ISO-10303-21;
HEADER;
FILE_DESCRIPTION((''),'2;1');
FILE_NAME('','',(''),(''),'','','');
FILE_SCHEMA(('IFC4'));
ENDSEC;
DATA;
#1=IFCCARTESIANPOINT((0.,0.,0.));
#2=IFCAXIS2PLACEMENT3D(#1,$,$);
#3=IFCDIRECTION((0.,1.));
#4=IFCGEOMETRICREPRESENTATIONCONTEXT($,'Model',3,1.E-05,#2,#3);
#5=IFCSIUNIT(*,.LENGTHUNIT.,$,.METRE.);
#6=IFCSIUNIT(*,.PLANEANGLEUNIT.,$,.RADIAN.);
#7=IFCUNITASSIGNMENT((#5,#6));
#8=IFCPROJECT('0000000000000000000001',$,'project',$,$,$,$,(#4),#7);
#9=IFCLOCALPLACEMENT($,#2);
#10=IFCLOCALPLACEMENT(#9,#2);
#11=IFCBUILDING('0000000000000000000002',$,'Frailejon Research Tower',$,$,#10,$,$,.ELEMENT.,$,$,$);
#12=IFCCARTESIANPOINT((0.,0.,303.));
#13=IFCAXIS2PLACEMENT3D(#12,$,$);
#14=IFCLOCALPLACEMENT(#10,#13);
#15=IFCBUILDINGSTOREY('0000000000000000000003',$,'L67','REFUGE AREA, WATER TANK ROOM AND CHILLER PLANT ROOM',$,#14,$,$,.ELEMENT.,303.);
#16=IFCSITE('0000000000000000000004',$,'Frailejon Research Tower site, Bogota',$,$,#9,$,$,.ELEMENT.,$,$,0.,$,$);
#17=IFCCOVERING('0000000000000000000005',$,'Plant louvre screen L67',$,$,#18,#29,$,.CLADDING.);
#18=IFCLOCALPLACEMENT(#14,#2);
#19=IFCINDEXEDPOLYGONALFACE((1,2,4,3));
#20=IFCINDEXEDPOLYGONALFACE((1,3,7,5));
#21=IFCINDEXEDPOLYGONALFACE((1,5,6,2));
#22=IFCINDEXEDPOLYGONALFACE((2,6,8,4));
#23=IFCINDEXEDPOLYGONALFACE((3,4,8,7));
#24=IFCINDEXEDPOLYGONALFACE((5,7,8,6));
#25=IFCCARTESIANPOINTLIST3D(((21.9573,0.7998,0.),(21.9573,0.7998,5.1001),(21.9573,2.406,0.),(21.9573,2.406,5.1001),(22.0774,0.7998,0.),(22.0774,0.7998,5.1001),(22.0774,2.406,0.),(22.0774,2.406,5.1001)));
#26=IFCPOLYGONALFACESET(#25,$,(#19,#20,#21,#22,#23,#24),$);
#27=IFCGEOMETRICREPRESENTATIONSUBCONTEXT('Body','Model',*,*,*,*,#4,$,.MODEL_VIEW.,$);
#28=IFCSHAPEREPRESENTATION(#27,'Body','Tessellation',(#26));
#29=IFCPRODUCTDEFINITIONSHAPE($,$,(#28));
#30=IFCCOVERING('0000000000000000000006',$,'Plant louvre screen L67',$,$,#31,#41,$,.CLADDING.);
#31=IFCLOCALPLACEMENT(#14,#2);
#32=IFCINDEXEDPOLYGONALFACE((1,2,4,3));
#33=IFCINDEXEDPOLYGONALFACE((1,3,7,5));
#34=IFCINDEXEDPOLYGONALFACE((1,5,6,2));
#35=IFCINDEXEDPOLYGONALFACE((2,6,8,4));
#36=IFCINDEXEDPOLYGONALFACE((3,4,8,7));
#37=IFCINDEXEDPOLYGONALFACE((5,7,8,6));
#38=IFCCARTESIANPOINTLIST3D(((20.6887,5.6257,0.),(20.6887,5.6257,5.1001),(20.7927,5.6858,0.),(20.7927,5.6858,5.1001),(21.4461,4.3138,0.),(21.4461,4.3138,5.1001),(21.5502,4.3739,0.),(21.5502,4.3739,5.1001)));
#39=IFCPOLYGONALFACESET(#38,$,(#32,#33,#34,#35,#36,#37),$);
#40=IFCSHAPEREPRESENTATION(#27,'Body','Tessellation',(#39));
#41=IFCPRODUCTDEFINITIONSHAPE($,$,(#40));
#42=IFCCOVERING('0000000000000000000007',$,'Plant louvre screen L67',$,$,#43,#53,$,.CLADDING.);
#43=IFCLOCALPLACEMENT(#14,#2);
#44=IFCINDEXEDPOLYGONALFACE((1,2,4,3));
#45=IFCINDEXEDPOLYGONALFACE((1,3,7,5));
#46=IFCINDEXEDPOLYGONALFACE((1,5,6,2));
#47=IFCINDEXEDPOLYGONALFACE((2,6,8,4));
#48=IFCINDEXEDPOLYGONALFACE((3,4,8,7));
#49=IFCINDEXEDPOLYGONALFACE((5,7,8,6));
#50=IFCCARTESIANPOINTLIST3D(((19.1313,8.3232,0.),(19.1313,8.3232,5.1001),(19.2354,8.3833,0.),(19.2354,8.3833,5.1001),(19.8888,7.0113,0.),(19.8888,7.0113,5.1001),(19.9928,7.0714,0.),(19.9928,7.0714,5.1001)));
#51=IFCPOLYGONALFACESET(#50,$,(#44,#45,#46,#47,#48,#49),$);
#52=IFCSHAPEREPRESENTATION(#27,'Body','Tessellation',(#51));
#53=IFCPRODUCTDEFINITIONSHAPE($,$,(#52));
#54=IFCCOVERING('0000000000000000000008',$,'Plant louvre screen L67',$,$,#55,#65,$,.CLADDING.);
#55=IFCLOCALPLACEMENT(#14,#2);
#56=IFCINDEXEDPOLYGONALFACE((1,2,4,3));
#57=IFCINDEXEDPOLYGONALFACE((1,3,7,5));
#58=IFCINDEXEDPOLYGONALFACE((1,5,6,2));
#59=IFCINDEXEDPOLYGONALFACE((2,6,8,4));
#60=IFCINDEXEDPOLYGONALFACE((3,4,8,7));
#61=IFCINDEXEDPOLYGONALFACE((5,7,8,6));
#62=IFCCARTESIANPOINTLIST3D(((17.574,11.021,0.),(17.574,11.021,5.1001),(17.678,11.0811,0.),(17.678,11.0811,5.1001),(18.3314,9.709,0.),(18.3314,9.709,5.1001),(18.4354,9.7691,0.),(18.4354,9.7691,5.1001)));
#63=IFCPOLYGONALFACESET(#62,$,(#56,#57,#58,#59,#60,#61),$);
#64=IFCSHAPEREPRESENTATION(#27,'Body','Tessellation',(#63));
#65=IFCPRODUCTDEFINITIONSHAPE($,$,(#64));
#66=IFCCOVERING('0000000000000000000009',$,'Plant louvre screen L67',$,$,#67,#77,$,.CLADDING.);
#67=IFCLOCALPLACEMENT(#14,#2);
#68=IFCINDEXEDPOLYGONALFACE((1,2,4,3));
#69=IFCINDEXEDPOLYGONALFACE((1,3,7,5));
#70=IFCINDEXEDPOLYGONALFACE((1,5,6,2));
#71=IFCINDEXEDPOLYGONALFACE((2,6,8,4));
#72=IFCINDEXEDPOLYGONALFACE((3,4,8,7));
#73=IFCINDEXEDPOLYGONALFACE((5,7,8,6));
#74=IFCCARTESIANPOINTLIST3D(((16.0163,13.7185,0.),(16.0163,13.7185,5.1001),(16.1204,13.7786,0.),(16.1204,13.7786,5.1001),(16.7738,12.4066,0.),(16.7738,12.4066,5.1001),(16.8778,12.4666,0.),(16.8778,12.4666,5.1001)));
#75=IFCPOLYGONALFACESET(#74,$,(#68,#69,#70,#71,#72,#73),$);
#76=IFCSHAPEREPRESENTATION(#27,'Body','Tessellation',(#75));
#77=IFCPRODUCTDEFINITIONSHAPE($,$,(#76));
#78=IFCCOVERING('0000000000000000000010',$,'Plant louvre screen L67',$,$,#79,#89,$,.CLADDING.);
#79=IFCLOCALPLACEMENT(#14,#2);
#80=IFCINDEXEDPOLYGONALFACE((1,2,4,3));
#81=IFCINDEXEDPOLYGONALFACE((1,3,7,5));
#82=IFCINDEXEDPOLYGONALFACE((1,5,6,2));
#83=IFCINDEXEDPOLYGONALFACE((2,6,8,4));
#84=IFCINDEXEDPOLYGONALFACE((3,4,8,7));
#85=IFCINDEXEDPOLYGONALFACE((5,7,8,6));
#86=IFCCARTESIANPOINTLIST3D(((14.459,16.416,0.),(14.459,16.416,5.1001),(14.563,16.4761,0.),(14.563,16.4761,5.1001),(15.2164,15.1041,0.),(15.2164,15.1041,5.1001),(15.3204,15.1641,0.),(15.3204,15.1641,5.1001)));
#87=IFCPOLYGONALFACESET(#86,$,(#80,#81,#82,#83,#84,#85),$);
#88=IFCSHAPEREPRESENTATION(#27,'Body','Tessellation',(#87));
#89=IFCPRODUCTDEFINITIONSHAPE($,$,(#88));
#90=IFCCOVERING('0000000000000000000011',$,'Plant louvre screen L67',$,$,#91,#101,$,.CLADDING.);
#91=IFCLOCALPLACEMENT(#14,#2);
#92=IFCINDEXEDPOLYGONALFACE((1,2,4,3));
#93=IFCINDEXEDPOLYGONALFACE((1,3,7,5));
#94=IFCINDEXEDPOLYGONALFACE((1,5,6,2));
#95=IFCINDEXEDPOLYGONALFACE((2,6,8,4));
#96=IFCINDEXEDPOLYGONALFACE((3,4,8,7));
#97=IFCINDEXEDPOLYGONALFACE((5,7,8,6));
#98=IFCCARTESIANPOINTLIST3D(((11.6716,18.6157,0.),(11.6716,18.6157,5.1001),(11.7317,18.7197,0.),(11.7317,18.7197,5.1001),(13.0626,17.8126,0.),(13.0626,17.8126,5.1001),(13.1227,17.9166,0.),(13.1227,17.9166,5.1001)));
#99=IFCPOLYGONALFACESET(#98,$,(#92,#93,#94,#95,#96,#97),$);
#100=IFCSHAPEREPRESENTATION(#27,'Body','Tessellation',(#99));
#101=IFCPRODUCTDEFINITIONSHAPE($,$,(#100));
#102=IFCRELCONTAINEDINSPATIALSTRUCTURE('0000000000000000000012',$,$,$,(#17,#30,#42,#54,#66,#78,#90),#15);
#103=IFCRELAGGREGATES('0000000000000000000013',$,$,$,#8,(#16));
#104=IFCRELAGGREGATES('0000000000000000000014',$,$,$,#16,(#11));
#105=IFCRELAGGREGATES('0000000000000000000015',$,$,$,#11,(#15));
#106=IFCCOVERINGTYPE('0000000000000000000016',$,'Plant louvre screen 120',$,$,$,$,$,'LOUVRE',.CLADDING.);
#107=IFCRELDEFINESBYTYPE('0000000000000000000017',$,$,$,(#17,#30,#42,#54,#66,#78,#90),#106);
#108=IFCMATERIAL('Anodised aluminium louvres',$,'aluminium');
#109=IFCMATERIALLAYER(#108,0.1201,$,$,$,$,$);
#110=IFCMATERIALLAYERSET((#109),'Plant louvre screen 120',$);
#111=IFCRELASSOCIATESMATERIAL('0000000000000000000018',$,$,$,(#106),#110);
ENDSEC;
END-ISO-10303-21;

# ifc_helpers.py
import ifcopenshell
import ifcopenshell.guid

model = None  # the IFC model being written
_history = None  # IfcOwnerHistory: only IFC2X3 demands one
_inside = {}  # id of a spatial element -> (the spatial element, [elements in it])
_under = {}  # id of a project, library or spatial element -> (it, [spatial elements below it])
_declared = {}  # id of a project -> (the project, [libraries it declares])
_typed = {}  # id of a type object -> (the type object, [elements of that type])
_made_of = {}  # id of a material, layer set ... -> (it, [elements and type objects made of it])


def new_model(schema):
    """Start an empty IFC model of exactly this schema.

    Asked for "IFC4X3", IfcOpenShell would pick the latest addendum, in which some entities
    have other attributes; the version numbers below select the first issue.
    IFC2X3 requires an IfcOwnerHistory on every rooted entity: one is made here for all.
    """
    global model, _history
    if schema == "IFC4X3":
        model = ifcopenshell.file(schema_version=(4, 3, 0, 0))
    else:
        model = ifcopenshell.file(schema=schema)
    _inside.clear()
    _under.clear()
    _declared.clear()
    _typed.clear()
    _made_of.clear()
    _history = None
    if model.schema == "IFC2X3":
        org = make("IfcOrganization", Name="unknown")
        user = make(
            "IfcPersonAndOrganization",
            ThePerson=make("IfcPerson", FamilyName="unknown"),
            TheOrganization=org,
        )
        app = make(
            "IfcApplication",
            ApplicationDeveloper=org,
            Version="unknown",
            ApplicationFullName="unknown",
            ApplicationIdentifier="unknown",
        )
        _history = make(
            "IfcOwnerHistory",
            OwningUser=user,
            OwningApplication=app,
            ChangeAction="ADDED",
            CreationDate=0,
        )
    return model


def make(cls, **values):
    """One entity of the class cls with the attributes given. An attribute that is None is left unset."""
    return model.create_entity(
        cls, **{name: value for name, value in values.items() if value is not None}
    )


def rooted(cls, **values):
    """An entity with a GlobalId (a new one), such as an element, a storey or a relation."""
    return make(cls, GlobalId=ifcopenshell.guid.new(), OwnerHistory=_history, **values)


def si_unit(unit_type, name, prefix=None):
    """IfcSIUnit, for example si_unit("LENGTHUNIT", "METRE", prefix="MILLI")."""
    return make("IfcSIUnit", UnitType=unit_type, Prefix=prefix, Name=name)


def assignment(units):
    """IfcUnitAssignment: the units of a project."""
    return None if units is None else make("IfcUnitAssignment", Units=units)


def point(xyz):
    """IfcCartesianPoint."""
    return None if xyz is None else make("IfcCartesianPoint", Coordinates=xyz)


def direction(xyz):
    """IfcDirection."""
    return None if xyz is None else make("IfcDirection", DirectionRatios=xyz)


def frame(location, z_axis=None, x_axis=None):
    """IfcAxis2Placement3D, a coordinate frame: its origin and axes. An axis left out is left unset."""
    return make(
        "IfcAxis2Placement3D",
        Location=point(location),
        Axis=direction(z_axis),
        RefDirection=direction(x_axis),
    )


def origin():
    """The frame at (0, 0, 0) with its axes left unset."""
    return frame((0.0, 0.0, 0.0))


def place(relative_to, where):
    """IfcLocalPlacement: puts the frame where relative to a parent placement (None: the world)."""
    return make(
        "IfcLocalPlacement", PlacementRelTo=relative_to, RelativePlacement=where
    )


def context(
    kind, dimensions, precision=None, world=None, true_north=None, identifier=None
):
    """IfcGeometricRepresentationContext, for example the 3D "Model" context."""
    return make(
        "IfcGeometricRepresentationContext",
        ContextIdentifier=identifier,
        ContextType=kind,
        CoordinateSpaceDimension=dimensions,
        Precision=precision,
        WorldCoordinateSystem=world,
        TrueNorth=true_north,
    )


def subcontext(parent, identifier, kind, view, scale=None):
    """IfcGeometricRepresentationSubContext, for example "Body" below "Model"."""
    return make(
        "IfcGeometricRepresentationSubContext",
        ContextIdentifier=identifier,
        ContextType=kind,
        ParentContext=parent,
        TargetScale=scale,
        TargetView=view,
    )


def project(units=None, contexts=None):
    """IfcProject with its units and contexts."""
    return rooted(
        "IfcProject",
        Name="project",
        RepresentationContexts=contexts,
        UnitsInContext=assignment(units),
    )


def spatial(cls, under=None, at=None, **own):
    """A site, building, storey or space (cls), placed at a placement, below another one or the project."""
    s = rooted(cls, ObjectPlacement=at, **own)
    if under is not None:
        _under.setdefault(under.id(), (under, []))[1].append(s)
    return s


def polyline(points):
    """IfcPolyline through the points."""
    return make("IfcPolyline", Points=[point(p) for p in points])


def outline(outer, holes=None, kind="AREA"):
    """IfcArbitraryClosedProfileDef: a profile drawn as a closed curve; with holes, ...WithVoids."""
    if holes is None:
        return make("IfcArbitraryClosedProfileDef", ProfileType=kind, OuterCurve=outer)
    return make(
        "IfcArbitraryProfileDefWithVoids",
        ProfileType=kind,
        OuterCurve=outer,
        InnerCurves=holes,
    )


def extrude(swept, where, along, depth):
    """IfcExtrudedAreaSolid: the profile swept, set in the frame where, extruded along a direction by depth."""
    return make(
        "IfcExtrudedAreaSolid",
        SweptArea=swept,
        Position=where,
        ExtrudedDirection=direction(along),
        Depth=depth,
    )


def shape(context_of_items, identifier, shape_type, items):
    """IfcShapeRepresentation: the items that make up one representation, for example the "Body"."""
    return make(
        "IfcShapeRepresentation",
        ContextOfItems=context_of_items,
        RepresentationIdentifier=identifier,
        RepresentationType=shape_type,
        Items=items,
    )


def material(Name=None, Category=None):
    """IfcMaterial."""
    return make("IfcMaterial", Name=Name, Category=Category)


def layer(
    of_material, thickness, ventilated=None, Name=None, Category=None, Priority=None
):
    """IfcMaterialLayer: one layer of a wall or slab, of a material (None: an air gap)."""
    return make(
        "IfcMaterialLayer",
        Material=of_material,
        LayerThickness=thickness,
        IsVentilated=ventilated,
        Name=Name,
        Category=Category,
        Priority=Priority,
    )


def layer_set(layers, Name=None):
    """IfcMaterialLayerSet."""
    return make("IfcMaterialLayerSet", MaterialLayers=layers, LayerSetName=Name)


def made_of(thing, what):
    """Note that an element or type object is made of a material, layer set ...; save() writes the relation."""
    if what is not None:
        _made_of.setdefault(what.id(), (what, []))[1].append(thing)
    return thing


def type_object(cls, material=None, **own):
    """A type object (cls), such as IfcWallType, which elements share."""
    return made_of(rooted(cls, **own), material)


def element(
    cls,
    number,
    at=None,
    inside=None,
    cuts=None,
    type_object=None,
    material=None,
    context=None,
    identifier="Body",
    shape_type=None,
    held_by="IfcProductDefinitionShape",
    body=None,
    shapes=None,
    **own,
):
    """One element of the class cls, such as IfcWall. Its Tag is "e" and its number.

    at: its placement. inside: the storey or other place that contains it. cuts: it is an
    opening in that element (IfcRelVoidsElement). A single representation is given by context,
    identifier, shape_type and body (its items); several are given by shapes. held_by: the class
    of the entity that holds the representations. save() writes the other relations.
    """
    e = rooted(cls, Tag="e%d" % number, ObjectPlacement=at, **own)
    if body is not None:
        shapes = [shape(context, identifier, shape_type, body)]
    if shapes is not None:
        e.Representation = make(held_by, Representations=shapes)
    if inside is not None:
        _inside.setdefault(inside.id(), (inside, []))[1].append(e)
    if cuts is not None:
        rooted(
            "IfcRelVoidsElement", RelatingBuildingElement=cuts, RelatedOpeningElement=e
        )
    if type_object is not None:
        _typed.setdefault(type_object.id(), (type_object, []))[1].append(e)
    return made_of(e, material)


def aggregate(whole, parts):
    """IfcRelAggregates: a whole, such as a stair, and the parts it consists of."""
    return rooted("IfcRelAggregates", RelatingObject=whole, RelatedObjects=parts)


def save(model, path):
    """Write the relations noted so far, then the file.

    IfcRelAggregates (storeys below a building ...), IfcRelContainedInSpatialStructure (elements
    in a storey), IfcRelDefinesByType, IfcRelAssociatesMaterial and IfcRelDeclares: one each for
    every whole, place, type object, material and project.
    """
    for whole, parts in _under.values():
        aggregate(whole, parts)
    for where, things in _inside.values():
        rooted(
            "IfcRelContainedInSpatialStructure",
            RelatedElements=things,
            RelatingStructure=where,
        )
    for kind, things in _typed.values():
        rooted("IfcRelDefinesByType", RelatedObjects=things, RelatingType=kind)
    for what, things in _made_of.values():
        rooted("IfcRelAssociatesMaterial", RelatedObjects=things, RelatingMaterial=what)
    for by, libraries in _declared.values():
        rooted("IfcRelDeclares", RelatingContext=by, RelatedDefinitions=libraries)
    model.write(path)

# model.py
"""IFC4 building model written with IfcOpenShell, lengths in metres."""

from ifc_helpers import new_model, si_unit, direction, frame, origin, place, context, subcontext, project, spatial, polyline, outline, extrude, material, layer, layer_set, type_object, element, save


model = new_model("IFC4")

# Units and contexts
model_context = context("Model", 3, precision=1e-05, world=origin(), true_north=direction((0.0, 1.0)))
body_context = subcontext(model_context, "Body", "Model", "MODEL_VIEW")
ifc_project = project(units=[si_unit("LENGTHUNIT", "METRE"), si_unit("PLANEANGLEUNIT", "RADIAN")], contexts=[model_context])

# Site, building, storey
site_placement = place(None, origin())
site = spatial("IfcSite", under=ifc_project, at=site_placement, Name="Frailejon Research Tower site, Bogota", CompositionType="ELEMENT", RefElevation=0.0)
building_placement = place(site_placement, origin())
building = spatial("IfcBuilding", under=site, at=building_placement, Name="Frailejon Research Tower", CompositionType="ELEMENT")
storey_placement = place(building_placement, frame((0.0, 0.0, 303.0)))
storey = spatial("IfcBuildingStorey", under=building, at=storey_placement, Name="L67", Description="REFUGE AREA, WATER TANK ROOM AND CHILLER PLANT ROOM", CompositionType="ELEMENT", Elevation=303.0)

# Coverings
ifc_material_1 = material(Name="Anodised aluminium louvres", Category="aluminium")
ifc_layer_1 = layer(ifc_material_1, 0.1201)
ifc_layer_set_1 = layer_set([ifc_layer_1], Name="Plant louvre screen 120")
covering_type = type_object("IfcCoveringType", Name="Plant louvre screen 120", ElementType="LOUVRE", PredefinedType="CLADDING", material=ifc_layer_set_1)
covering_1_placement = place(storey_placement, frame((22.0774, 2.406, 0.0), z_axis=(0.0, -1.0, 0.0), x_axis=(1.0, 0.0, 0.0)))
element("IfcCovering", 1, at=covering_1_placement, inside=storey, type_object=covering_type, Name="Plant louvre screen L67", PredefinedType="CLADDING", context=body_context, shape_type="SweptSolid", body=[
    extrude(outline(polyline([(-0.1201, 0.0), (0.0, 0.0), (0.0, 5.1001), (-0.1201, 5.1001), (-0.1201, 0.0)])), origin(), (0.0, 0.0, 1.0), 1.6062),
])
for number, where, z_axis, x_axis, name in (
    (2, (20.7927, 5.6858, 0.0), (0.499999, -0.866026, 0.0), (0.866026, 0.499999, 0.0), "Plant louvre screen L67"),
    (3, (19.2354, 8.3833, 0.0), (0.50001, -0.86602, 0.0), (0.86602, 0.50001, 0.0), "Plant louvre screen L67"),
    (4, (17.678, 11.0811, 0.0), (0.499986, -0.866034, 0.0), (0.866034, 0.499986, 0.0), "Plant louvre screen L67"),
    (5, (16.1204, 13.7786, 0.0), (0.50001, -0.86602, 0.0), (0.86602, 0.50001, 0.0), "Plant louvre screen L67"),
    (6, (14.563, 16.4761, 0.0), (0.499999, -0.866026, 0.0), (0.866026, 0.499999, 0.0), "Plant louvre screen L67"),
):
    element("IfcCovering", number, at=place(storey_placement, frame(where, z_axis=z_axis, x_axis=x_axis)), inside=storey, type_object=covering_type, Name=name, PredefinedType="CLADDING", context=body_context, shape_type="SweptSolid", body=[
        extrude(outline(polyline([(-0.1201, 0.0), (0.0, 0.0), (0.0, 5.1001), (-0.1201, 5.1001), (-0.1201, 0.0)])), origin(), (0.0, 0.0, 1.0), 1.5149),
    ])
covering_2_placement = place(storey_placement, frame((11.7317, 18.7197, 0.0), z_axis=(0.866014, -0.50002, 0.0), x_axis=(0.50002, 0.866014, 0.0)))
element("IfcCovering", 7, at=covering_2_placement, inside=storey, type_object=covering_type, Name="Plant louvre screen L67", PredefinedType="CLADDING", context=body_context, shape_type="SweptSolid", body=[
    extrude(outline(polyline([(-0.1201, 0.0), (0.0, 0.0), (0.0, 5.1001), (-0.1201, 5.1001), (-0.1201, 0.0)])), origin(), (0.0, 0.0, 1.0), 1.6062),
])

save(model, "model.ifc")
